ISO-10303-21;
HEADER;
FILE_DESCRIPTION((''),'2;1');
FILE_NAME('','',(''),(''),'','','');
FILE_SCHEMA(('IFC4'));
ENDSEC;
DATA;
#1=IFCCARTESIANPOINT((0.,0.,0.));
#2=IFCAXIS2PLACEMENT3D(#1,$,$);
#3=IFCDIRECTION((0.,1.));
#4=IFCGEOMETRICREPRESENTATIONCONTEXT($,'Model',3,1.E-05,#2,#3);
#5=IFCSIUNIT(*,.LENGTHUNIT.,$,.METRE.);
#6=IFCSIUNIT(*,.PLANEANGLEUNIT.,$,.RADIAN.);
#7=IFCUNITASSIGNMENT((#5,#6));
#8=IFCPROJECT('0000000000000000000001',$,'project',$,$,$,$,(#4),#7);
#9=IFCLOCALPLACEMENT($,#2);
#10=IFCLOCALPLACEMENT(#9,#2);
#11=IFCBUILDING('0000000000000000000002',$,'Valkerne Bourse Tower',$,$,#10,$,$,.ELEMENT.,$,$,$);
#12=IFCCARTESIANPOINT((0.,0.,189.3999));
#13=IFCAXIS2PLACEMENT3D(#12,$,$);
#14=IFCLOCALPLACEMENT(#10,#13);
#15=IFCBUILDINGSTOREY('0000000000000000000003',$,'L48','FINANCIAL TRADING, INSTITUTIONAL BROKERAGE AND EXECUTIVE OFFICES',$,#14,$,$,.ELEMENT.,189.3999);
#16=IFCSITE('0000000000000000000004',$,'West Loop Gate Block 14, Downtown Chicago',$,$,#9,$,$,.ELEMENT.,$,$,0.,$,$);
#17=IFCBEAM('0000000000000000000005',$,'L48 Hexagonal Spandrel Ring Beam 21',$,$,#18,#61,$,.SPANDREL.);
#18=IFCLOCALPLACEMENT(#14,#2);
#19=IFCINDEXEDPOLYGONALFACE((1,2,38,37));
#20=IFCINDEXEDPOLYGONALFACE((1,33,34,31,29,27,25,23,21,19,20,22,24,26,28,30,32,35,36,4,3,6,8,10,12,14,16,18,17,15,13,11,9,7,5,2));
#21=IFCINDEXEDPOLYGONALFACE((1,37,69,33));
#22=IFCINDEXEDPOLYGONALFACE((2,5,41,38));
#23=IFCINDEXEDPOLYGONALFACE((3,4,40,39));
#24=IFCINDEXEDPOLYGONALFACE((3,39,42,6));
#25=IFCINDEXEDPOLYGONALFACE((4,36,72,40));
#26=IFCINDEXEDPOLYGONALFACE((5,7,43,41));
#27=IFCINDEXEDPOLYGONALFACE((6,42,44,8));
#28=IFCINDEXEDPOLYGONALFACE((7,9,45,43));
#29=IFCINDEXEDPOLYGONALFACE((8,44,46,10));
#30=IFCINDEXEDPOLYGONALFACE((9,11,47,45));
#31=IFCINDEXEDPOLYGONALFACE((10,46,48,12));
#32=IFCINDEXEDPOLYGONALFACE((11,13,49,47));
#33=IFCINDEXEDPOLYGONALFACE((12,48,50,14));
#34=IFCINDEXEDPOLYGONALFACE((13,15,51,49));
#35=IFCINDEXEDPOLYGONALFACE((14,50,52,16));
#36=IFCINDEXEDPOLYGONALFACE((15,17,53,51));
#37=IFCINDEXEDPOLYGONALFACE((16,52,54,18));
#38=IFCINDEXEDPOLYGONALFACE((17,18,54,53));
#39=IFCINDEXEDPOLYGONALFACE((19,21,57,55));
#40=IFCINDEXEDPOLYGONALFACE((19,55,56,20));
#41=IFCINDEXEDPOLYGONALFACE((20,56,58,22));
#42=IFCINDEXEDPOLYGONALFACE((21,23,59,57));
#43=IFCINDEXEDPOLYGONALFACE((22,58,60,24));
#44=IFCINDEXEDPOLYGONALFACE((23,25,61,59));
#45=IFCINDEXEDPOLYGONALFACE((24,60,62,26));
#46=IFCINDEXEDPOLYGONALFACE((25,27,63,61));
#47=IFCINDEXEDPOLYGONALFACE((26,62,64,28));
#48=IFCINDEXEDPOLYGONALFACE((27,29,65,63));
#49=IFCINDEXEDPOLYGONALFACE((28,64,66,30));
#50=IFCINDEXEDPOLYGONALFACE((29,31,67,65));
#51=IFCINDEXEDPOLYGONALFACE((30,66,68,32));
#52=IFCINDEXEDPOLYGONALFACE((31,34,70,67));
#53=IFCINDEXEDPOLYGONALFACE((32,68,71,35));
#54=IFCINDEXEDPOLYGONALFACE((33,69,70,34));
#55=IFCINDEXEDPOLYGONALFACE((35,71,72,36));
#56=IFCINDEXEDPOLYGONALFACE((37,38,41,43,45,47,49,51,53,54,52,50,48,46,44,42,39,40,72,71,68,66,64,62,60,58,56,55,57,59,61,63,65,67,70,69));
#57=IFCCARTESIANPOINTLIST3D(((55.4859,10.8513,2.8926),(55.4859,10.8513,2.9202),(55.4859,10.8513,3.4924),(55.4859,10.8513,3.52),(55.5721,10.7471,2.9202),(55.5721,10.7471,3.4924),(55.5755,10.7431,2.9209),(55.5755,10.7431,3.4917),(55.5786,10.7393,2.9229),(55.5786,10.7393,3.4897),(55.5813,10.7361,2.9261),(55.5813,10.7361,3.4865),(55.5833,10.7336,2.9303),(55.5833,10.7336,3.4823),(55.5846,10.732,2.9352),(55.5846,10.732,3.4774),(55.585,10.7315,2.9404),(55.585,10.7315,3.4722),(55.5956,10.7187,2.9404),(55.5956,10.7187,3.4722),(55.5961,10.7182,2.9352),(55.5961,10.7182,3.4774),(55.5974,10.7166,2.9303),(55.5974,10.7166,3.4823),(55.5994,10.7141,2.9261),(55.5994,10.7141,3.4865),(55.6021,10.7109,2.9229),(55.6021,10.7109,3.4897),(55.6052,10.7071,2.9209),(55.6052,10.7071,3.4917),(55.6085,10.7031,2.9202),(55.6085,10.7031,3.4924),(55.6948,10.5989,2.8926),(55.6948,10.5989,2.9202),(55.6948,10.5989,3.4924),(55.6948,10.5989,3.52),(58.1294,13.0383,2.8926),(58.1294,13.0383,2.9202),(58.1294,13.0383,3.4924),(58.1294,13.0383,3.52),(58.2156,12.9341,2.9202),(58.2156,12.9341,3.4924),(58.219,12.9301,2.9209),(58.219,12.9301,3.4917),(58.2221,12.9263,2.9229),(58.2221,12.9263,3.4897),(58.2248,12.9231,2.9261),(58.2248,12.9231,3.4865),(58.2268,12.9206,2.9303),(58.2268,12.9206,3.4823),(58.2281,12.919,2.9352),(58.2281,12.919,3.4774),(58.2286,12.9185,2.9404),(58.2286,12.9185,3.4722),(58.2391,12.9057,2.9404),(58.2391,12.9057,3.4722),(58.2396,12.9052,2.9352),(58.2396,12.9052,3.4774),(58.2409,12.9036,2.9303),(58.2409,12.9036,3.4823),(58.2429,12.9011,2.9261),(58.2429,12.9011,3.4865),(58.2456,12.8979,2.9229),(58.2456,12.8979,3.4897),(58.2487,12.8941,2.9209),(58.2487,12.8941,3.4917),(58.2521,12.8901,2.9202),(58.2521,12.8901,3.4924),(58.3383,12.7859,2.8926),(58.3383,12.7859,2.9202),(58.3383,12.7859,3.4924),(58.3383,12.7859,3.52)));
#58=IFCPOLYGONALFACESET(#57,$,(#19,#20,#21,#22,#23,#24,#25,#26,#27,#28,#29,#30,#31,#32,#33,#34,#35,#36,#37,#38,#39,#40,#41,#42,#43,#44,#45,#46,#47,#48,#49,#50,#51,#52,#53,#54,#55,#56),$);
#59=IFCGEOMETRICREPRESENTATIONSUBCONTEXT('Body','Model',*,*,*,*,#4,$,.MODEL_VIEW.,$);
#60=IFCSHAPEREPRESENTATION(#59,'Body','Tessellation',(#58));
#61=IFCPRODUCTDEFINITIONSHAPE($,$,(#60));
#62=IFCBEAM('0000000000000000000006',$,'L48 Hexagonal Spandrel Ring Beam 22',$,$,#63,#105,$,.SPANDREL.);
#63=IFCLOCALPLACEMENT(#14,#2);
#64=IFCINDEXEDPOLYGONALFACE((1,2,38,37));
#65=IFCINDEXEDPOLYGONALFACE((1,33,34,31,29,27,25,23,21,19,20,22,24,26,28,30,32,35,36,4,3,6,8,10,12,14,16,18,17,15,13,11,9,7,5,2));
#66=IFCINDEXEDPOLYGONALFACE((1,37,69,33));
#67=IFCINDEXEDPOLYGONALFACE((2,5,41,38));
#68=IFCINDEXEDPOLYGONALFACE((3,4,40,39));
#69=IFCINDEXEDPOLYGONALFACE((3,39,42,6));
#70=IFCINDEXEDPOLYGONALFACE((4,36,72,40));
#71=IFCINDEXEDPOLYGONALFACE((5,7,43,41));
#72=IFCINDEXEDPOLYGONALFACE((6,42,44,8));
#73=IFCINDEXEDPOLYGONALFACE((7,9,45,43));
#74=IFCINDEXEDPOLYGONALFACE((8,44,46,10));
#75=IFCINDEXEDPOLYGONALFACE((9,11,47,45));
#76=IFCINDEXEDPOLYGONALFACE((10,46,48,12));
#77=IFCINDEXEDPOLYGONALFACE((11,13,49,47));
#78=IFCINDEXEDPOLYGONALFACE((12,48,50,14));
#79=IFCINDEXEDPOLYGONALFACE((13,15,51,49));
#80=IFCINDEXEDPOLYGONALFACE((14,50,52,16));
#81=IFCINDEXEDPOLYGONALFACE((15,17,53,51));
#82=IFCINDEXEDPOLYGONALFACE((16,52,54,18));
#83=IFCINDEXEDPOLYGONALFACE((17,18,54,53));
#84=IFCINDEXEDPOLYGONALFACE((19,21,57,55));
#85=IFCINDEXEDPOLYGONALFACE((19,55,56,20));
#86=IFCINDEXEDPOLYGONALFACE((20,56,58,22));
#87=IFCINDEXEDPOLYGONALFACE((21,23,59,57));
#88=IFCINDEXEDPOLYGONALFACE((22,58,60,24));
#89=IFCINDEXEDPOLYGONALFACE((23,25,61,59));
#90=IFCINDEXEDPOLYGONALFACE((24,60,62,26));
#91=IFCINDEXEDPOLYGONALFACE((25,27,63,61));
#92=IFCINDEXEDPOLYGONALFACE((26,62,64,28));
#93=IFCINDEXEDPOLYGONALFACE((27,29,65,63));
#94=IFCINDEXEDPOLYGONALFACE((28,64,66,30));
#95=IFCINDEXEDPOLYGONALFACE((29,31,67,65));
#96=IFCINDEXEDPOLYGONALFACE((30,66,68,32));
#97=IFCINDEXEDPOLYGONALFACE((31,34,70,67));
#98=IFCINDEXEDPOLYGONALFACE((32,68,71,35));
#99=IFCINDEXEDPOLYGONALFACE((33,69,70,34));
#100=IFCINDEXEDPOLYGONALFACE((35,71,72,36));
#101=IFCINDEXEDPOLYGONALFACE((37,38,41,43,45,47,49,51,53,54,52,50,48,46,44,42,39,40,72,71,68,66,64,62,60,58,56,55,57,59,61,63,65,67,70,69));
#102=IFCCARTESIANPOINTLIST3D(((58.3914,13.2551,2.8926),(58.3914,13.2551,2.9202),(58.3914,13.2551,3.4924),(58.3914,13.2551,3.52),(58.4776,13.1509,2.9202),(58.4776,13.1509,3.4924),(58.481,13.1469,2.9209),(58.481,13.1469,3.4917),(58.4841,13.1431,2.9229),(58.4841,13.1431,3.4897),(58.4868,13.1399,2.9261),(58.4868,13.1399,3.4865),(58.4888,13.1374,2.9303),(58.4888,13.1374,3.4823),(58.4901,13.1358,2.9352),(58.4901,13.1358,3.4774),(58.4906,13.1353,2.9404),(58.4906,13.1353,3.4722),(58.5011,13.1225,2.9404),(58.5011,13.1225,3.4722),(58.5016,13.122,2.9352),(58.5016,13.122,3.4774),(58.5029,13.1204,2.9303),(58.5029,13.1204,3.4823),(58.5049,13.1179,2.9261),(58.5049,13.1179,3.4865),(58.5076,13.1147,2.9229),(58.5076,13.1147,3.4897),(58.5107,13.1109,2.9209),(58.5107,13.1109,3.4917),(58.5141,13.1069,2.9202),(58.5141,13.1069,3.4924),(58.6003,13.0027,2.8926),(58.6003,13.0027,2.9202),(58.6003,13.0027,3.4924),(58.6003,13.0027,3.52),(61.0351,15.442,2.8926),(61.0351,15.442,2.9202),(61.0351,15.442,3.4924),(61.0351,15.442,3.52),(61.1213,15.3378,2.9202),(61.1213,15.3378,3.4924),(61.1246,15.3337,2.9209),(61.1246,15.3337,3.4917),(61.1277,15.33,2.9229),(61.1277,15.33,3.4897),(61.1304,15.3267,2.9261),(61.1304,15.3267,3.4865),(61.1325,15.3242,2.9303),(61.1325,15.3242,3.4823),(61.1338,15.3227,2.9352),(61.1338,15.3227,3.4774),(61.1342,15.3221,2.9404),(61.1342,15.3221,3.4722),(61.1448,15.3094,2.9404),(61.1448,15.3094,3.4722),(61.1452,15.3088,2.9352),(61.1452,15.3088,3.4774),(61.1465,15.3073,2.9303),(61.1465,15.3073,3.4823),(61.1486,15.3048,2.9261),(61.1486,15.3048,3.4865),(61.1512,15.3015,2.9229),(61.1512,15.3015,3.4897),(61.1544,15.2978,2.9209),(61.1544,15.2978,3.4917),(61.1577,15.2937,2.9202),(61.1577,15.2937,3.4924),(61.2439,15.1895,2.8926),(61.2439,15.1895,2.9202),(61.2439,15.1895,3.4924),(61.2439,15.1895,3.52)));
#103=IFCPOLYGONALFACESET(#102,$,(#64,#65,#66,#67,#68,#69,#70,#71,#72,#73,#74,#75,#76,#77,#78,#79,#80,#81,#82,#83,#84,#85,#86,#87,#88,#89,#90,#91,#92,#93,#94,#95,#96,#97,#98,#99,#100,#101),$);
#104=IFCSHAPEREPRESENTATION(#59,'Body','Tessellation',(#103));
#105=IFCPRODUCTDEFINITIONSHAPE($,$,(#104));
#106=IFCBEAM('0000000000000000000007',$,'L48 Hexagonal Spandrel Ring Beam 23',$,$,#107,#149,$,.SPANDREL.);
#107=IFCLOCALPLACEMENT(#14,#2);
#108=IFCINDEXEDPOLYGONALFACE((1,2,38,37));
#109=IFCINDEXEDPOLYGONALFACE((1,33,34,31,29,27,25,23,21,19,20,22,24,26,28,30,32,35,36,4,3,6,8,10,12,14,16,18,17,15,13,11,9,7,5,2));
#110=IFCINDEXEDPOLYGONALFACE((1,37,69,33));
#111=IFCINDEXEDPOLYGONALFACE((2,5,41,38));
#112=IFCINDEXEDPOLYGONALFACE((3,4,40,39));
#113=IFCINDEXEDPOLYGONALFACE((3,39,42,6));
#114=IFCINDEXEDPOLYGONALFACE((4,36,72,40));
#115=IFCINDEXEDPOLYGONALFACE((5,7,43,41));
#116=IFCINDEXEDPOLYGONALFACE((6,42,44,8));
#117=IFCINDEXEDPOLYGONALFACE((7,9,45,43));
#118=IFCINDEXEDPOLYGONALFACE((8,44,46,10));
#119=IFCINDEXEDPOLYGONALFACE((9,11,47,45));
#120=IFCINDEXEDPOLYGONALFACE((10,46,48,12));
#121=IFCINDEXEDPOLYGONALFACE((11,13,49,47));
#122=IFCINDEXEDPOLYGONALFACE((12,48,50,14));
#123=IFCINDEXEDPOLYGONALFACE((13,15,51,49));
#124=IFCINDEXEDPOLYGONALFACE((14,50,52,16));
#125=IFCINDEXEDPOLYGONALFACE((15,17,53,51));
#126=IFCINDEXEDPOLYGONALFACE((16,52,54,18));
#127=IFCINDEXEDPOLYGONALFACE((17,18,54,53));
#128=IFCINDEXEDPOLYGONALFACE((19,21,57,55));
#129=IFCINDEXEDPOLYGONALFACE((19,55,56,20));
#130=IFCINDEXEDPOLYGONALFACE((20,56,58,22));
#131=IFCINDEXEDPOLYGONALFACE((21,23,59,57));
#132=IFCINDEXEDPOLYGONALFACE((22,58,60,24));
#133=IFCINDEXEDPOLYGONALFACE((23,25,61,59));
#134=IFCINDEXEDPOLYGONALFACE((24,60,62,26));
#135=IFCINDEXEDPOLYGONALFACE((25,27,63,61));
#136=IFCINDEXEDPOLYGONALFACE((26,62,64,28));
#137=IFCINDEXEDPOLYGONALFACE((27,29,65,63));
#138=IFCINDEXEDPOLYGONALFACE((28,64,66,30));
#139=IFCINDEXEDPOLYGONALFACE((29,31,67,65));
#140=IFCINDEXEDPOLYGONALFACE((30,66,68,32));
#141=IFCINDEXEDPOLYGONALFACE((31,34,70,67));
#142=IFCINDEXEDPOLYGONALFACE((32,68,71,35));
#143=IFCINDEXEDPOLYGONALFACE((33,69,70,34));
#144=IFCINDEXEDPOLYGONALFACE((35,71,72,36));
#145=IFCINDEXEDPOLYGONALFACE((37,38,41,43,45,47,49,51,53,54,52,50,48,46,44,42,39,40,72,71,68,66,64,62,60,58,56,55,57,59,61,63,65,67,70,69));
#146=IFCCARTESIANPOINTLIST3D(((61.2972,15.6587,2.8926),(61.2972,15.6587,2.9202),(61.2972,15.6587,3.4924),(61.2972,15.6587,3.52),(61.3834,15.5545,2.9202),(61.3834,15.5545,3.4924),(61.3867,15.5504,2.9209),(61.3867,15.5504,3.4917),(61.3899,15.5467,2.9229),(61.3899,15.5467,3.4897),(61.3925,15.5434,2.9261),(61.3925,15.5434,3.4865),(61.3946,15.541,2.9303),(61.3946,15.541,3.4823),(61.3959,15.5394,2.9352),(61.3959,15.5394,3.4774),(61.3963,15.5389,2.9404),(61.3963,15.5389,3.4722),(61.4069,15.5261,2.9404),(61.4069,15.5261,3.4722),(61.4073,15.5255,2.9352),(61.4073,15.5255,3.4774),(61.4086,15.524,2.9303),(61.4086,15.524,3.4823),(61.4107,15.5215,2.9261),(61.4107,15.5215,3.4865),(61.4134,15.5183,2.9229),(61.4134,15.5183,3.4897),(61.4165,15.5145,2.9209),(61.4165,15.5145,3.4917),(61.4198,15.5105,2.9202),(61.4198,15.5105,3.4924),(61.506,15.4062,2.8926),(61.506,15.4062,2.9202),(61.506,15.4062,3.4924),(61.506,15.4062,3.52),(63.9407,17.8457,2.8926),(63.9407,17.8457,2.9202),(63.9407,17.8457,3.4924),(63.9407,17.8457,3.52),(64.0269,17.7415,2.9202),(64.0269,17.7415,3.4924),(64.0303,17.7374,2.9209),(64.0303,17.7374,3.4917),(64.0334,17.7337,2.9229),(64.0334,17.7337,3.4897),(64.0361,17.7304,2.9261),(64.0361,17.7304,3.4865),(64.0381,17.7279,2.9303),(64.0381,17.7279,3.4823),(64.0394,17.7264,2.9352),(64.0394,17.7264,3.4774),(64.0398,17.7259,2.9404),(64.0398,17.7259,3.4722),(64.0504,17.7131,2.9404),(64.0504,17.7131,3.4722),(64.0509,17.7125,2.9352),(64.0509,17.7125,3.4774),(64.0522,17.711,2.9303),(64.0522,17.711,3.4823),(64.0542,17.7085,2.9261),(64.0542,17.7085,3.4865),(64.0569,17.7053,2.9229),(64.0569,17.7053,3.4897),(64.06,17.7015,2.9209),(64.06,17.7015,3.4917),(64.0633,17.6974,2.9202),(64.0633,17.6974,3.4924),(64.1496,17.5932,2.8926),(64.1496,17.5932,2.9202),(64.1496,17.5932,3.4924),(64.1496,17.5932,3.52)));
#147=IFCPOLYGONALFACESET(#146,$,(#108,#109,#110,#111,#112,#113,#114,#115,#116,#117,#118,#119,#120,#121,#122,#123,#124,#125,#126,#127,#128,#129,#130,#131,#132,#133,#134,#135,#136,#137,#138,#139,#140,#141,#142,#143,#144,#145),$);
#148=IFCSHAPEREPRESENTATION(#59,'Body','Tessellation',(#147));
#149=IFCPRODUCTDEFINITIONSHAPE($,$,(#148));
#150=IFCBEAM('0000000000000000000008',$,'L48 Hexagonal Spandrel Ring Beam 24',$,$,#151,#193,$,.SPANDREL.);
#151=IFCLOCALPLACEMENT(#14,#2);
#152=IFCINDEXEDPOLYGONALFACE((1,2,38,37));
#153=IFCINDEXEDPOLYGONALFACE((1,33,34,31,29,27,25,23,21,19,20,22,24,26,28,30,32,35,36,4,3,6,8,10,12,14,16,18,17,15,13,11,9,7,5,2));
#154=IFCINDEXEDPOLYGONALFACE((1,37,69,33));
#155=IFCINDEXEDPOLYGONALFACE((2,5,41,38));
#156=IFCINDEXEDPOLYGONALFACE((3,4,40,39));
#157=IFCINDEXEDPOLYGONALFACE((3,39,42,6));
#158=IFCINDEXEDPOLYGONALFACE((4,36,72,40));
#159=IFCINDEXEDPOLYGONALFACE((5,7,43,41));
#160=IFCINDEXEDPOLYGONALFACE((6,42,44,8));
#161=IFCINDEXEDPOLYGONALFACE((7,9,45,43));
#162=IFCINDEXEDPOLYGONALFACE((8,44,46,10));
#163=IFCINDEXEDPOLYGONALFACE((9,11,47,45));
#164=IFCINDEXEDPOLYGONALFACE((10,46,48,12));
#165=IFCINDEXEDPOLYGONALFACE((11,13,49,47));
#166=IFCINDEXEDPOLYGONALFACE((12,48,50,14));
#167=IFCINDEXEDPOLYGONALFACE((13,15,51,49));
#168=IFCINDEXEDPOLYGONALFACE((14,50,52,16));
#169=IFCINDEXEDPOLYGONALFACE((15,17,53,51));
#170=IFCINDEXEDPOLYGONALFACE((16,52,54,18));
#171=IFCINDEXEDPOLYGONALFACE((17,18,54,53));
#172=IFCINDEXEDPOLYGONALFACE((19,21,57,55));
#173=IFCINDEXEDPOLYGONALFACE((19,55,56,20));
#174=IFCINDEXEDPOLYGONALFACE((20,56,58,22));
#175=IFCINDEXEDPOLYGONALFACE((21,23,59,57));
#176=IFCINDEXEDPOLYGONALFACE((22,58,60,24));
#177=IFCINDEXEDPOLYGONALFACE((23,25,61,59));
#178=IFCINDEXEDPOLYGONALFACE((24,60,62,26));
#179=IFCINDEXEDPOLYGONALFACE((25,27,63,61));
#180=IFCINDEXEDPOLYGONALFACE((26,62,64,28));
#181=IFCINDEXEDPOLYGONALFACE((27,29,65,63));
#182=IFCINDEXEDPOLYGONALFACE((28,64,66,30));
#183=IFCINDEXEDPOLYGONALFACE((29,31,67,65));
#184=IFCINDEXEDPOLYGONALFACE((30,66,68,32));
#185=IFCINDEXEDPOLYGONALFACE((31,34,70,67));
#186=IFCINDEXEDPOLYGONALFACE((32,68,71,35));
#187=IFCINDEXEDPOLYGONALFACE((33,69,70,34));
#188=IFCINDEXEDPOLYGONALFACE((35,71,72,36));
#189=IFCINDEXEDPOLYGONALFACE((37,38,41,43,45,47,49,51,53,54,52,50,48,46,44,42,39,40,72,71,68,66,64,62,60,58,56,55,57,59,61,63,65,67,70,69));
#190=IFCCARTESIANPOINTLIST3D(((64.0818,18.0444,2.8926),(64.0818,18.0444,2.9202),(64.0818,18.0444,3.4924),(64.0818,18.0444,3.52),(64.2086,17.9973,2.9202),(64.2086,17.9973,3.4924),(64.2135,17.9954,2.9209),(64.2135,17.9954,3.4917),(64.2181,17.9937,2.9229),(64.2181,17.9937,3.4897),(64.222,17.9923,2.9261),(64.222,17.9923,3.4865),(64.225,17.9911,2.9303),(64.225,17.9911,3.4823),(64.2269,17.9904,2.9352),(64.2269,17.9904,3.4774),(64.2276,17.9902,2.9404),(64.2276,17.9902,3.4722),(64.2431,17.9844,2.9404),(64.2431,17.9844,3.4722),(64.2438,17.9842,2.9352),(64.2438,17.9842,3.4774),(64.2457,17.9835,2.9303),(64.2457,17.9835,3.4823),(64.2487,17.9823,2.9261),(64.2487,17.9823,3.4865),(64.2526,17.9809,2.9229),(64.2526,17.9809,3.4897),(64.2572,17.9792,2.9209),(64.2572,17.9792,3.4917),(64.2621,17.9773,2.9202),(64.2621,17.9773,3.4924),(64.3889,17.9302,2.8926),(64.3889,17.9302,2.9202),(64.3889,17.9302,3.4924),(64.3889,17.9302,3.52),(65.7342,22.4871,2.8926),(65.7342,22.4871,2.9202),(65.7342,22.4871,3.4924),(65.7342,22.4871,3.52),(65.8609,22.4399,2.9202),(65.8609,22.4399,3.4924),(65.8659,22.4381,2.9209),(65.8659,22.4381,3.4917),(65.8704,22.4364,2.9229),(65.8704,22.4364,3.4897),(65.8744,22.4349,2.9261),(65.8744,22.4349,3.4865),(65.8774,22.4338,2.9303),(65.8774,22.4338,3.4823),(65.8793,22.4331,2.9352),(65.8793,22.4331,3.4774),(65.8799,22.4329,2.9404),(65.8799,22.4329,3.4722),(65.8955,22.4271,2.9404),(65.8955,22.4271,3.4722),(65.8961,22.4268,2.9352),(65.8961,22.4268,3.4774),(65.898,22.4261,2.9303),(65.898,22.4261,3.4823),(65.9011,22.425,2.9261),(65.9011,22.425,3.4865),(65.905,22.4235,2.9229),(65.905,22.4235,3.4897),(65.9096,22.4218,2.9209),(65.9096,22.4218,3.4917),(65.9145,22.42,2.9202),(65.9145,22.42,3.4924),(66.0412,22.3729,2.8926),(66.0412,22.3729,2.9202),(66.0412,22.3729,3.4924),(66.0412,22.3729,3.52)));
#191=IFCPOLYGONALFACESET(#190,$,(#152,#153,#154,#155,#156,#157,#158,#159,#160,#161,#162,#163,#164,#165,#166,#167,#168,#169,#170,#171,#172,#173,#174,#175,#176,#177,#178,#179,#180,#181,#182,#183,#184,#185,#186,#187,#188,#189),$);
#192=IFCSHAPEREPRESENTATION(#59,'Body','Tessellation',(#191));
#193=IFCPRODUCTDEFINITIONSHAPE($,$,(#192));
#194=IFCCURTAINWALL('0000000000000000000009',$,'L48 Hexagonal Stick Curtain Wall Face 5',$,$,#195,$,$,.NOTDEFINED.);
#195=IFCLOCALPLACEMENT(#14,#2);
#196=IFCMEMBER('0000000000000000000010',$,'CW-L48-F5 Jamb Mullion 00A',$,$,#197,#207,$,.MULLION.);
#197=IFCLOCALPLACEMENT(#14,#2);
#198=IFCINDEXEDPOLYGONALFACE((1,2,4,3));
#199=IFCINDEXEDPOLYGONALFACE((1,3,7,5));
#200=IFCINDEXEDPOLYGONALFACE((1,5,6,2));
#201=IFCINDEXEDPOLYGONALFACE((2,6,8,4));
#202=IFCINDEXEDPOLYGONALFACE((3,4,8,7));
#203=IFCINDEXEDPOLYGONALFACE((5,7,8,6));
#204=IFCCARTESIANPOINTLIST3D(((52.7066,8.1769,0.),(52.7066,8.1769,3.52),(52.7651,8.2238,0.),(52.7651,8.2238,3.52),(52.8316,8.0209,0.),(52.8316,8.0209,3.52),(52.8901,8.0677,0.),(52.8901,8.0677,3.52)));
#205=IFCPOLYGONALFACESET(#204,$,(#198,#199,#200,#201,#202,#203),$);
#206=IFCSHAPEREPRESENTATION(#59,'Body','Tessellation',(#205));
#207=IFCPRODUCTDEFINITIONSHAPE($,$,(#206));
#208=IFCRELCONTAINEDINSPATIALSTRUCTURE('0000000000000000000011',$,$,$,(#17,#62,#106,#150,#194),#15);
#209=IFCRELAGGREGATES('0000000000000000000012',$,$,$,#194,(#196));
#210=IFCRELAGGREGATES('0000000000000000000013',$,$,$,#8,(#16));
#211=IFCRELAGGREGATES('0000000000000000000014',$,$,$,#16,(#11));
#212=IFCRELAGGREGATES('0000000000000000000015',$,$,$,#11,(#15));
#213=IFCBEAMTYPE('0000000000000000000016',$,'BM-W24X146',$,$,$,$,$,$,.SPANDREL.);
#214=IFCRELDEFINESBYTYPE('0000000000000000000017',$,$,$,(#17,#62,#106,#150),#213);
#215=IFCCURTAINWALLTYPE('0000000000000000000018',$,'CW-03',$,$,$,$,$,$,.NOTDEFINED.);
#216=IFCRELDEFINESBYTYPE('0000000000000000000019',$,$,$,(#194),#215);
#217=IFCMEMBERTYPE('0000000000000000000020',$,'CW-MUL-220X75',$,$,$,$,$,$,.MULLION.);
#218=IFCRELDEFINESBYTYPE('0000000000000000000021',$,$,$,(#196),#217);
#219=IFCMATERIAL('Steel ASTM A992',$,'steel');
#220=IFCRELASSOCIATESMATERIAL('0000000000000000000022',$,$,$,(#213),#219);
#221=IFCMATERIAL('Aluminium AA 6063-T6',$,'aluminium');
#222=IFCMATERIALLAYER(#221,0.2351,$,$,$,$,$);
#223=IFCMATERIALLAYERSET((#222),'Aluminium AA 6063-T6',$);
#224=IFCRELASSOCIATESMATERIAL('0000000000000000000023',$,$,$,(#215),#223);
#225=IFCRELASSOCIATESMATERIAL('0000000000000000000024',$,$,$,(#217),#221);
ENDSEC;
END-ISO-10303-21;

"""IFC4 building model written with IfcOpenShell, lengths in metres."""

from ifc_helpers import new_model, si_unit, direction, frame, origin, origin_2d, place, context, subcontext, project, spatial, rectangle, i_section, extrude, material, layer, layer_set, material_profile, profile_set, type_object, element, aggregate, save


model = new_model("IFC4")

# Units and contexts
model_context = context("Model", 3, precision=1e-05, world=origin(), true_north=direction((0.0, 1.0)))
body_context = subcontext(model_context, "Body", "Model", "MODEL_VIEW")
ifc_project = project(units=[si_unit("LENGTHUNIT", "METRE"), si_unit("PLANEANGLEUNIT", "RADIAN")], contexts=[model_context])

# Site, building, storey
site_placement = place(None, origin())
site = spatial("IfcSite", under=ifc_project, at=site_placement, Name="West Loop Gate Block 14, Downtown Chicago", CompositionType="ELEMENT", RefElevation=0.0)
building_placement = place(site_placement, origin())
building = spatial("IfcBuilding", under=site, at=building_placement, Name="Valkerne Bourse Tower", CompositionType="ELEMENT")
storey_placement = place(building_placement, frame((0.0, 0.0, 189.3999)))
storey = spatial("IfcBuildingStorey", under=building, at=storey_placement, Name="L48", Description="FINANCIAL TRADING, INSTITUTIONAL BROKERAGE AND EXECUTIVE OFFICES", CompositionType="ELEMENT", Elevation=189.3999)

# Beams
ifc_material_1 = material(Name="Steel ASTM A992", Category="steel")
ifc_material_profile_1 = material_profile(ifc_material_1, i_section(OverallWidth=0.3276, OverallDepth=0.6274, WebThickness=0.0166, FlangeThickness=0.0276, FilletRadius=0.0203, at=origin_2d()), Name="W24X146")
ifc_profile_set_1 = profile_set([ifc_material_profile_1], Name="Steel ASTM A992")
beam_type = type_object("IfcBeamType", Name="BM-W24X146", PredefinedType="SPANDREL", material=ifc_profile_set_1)
for number, where, z_axis, x_axis, name in (
    (1, (55.5903, 10.7251, 3.2063), (0.770503, 0.637437, 0.0), (-0.637437, 0.770503, 0.0), "L48 Hexagonal Spandrel Ring Beam 21"),
    (2, (58.4958, 13.1289, 3.2063), (0.770538, 0.637394, 0.0), (-0.637394, 0.770538, 0.0), "L48 Hexagonal Spandrel Ring Beam 22"),
    (3, (61.4016, 15.5325, 3.2063), (0.770503, 0.637437, 0.0), (-0.637437, 0.770503, 0.0), "L48 Hexagonal Spandrel Ring Beam 23"),
):
    element("IfcBeam", number, at=place(storey_placement, frame(where, z_axis=z_axis, x_axis=x_axis)), inside=storey, type_object=beam_type, Name=name, PredefinedType="SPANDREL", context=body_context, shape_type="SweptSolid", body=[
        extrude(i_section(OverallWidth=0.3276, OverallDepth=0.6274, WebThickness=0.0166, FlangeThickness=0.0276, FilletRadius=0.0203, at=origin_2d()), origin(), (0.0, 0.0, 1.0), 3.4309),
    ])
beam_placement = place(storey_placement, frame((64.2354, 17.9873, 3.2063), z_axis=(0.348599, 0.937272, 0.0), x_axis=(-0.937272, 0.348599, 0.0)))
element("IfcBeam", 4, at=beam_placement, inside=storey, type_object=beam_type, Name="L48 Hexagonal Spandrel Ring Beam 24", PredefinedType="SPANDREL", context=body_context, shape_type="SweptSolid", body=[
    extrude(i_section(OverallWidth=0.3276, OverallDepth=0.6274, WebThickness=0.0166, FlangeThickness=0.0276, FilletRadius=0.0203, at=origin_2d()), origin(), (0.0, 0.0, 1.0), 4.74),
])

# Curtain wall, member
ifc_material_2 = material(Name="Aluminium AA 6063-T6", Category="aluminium")
ifc_layer_1 = layer(ifc_material_2, 0.2351)
ifc_layer_set_1 = layer_set([ifc_layer_1], Name="Aluminium AA 6063-T6")
curtain_wall_type = type_object("IfcCurtainWallType", Name="CW-03", PredefinedType="NOTDEFINED", material=ifc_layer_set_1)
curtain_wall_placement = place(storey_placement, origin())
curtain_wall = element("IfcCurtainWall", 5, at=curtain_wall_placement, inside=storey, type_object=curtain_wall_type, Name="L48 Hexagonal Stick Curtain Wall Face 5", PredefinedType="NOTDEFINED")
ifc_material_profile_2 = material_profile(ifc_material_2, rectangle(XDim=0.075, YDim=0.2, at=origin_2d()), Name="CWM-75X200")
ifc_profile_set_2 = profile_set([ifc_material_profile_2], Name="Aluminium AA 6063-T6")
member_type_1 = type_object("IfcMemberType", Name="CW-MUL-220X75", PredefinedType="MULLION", material=ifc_profile_set_2)
member_1_placement = place(storey_placement, frame((52.7983, 8.1223, 0.0), z_axis=(0.0, 0.0, 1.0), x_axis=(0.780429, 0.625245, 0.0)))
member_1 = element("IfcMember", 6, at=member_1_placement, type_object=member_type_1, Name="CW-L48-F5 Jamb Mullion 00A", PredefinedType="MULLION", context=body_context, shape_type="SweptSolid", body=[
    extrude(rectangle(XDim=0.075, YDim=0.2, at=origin_2d()), origin(), (0.0, 0.0, 1.0), 3.52),
])

aggregate(curtain_wall, [member_1])

save(model, "model.ifc")
